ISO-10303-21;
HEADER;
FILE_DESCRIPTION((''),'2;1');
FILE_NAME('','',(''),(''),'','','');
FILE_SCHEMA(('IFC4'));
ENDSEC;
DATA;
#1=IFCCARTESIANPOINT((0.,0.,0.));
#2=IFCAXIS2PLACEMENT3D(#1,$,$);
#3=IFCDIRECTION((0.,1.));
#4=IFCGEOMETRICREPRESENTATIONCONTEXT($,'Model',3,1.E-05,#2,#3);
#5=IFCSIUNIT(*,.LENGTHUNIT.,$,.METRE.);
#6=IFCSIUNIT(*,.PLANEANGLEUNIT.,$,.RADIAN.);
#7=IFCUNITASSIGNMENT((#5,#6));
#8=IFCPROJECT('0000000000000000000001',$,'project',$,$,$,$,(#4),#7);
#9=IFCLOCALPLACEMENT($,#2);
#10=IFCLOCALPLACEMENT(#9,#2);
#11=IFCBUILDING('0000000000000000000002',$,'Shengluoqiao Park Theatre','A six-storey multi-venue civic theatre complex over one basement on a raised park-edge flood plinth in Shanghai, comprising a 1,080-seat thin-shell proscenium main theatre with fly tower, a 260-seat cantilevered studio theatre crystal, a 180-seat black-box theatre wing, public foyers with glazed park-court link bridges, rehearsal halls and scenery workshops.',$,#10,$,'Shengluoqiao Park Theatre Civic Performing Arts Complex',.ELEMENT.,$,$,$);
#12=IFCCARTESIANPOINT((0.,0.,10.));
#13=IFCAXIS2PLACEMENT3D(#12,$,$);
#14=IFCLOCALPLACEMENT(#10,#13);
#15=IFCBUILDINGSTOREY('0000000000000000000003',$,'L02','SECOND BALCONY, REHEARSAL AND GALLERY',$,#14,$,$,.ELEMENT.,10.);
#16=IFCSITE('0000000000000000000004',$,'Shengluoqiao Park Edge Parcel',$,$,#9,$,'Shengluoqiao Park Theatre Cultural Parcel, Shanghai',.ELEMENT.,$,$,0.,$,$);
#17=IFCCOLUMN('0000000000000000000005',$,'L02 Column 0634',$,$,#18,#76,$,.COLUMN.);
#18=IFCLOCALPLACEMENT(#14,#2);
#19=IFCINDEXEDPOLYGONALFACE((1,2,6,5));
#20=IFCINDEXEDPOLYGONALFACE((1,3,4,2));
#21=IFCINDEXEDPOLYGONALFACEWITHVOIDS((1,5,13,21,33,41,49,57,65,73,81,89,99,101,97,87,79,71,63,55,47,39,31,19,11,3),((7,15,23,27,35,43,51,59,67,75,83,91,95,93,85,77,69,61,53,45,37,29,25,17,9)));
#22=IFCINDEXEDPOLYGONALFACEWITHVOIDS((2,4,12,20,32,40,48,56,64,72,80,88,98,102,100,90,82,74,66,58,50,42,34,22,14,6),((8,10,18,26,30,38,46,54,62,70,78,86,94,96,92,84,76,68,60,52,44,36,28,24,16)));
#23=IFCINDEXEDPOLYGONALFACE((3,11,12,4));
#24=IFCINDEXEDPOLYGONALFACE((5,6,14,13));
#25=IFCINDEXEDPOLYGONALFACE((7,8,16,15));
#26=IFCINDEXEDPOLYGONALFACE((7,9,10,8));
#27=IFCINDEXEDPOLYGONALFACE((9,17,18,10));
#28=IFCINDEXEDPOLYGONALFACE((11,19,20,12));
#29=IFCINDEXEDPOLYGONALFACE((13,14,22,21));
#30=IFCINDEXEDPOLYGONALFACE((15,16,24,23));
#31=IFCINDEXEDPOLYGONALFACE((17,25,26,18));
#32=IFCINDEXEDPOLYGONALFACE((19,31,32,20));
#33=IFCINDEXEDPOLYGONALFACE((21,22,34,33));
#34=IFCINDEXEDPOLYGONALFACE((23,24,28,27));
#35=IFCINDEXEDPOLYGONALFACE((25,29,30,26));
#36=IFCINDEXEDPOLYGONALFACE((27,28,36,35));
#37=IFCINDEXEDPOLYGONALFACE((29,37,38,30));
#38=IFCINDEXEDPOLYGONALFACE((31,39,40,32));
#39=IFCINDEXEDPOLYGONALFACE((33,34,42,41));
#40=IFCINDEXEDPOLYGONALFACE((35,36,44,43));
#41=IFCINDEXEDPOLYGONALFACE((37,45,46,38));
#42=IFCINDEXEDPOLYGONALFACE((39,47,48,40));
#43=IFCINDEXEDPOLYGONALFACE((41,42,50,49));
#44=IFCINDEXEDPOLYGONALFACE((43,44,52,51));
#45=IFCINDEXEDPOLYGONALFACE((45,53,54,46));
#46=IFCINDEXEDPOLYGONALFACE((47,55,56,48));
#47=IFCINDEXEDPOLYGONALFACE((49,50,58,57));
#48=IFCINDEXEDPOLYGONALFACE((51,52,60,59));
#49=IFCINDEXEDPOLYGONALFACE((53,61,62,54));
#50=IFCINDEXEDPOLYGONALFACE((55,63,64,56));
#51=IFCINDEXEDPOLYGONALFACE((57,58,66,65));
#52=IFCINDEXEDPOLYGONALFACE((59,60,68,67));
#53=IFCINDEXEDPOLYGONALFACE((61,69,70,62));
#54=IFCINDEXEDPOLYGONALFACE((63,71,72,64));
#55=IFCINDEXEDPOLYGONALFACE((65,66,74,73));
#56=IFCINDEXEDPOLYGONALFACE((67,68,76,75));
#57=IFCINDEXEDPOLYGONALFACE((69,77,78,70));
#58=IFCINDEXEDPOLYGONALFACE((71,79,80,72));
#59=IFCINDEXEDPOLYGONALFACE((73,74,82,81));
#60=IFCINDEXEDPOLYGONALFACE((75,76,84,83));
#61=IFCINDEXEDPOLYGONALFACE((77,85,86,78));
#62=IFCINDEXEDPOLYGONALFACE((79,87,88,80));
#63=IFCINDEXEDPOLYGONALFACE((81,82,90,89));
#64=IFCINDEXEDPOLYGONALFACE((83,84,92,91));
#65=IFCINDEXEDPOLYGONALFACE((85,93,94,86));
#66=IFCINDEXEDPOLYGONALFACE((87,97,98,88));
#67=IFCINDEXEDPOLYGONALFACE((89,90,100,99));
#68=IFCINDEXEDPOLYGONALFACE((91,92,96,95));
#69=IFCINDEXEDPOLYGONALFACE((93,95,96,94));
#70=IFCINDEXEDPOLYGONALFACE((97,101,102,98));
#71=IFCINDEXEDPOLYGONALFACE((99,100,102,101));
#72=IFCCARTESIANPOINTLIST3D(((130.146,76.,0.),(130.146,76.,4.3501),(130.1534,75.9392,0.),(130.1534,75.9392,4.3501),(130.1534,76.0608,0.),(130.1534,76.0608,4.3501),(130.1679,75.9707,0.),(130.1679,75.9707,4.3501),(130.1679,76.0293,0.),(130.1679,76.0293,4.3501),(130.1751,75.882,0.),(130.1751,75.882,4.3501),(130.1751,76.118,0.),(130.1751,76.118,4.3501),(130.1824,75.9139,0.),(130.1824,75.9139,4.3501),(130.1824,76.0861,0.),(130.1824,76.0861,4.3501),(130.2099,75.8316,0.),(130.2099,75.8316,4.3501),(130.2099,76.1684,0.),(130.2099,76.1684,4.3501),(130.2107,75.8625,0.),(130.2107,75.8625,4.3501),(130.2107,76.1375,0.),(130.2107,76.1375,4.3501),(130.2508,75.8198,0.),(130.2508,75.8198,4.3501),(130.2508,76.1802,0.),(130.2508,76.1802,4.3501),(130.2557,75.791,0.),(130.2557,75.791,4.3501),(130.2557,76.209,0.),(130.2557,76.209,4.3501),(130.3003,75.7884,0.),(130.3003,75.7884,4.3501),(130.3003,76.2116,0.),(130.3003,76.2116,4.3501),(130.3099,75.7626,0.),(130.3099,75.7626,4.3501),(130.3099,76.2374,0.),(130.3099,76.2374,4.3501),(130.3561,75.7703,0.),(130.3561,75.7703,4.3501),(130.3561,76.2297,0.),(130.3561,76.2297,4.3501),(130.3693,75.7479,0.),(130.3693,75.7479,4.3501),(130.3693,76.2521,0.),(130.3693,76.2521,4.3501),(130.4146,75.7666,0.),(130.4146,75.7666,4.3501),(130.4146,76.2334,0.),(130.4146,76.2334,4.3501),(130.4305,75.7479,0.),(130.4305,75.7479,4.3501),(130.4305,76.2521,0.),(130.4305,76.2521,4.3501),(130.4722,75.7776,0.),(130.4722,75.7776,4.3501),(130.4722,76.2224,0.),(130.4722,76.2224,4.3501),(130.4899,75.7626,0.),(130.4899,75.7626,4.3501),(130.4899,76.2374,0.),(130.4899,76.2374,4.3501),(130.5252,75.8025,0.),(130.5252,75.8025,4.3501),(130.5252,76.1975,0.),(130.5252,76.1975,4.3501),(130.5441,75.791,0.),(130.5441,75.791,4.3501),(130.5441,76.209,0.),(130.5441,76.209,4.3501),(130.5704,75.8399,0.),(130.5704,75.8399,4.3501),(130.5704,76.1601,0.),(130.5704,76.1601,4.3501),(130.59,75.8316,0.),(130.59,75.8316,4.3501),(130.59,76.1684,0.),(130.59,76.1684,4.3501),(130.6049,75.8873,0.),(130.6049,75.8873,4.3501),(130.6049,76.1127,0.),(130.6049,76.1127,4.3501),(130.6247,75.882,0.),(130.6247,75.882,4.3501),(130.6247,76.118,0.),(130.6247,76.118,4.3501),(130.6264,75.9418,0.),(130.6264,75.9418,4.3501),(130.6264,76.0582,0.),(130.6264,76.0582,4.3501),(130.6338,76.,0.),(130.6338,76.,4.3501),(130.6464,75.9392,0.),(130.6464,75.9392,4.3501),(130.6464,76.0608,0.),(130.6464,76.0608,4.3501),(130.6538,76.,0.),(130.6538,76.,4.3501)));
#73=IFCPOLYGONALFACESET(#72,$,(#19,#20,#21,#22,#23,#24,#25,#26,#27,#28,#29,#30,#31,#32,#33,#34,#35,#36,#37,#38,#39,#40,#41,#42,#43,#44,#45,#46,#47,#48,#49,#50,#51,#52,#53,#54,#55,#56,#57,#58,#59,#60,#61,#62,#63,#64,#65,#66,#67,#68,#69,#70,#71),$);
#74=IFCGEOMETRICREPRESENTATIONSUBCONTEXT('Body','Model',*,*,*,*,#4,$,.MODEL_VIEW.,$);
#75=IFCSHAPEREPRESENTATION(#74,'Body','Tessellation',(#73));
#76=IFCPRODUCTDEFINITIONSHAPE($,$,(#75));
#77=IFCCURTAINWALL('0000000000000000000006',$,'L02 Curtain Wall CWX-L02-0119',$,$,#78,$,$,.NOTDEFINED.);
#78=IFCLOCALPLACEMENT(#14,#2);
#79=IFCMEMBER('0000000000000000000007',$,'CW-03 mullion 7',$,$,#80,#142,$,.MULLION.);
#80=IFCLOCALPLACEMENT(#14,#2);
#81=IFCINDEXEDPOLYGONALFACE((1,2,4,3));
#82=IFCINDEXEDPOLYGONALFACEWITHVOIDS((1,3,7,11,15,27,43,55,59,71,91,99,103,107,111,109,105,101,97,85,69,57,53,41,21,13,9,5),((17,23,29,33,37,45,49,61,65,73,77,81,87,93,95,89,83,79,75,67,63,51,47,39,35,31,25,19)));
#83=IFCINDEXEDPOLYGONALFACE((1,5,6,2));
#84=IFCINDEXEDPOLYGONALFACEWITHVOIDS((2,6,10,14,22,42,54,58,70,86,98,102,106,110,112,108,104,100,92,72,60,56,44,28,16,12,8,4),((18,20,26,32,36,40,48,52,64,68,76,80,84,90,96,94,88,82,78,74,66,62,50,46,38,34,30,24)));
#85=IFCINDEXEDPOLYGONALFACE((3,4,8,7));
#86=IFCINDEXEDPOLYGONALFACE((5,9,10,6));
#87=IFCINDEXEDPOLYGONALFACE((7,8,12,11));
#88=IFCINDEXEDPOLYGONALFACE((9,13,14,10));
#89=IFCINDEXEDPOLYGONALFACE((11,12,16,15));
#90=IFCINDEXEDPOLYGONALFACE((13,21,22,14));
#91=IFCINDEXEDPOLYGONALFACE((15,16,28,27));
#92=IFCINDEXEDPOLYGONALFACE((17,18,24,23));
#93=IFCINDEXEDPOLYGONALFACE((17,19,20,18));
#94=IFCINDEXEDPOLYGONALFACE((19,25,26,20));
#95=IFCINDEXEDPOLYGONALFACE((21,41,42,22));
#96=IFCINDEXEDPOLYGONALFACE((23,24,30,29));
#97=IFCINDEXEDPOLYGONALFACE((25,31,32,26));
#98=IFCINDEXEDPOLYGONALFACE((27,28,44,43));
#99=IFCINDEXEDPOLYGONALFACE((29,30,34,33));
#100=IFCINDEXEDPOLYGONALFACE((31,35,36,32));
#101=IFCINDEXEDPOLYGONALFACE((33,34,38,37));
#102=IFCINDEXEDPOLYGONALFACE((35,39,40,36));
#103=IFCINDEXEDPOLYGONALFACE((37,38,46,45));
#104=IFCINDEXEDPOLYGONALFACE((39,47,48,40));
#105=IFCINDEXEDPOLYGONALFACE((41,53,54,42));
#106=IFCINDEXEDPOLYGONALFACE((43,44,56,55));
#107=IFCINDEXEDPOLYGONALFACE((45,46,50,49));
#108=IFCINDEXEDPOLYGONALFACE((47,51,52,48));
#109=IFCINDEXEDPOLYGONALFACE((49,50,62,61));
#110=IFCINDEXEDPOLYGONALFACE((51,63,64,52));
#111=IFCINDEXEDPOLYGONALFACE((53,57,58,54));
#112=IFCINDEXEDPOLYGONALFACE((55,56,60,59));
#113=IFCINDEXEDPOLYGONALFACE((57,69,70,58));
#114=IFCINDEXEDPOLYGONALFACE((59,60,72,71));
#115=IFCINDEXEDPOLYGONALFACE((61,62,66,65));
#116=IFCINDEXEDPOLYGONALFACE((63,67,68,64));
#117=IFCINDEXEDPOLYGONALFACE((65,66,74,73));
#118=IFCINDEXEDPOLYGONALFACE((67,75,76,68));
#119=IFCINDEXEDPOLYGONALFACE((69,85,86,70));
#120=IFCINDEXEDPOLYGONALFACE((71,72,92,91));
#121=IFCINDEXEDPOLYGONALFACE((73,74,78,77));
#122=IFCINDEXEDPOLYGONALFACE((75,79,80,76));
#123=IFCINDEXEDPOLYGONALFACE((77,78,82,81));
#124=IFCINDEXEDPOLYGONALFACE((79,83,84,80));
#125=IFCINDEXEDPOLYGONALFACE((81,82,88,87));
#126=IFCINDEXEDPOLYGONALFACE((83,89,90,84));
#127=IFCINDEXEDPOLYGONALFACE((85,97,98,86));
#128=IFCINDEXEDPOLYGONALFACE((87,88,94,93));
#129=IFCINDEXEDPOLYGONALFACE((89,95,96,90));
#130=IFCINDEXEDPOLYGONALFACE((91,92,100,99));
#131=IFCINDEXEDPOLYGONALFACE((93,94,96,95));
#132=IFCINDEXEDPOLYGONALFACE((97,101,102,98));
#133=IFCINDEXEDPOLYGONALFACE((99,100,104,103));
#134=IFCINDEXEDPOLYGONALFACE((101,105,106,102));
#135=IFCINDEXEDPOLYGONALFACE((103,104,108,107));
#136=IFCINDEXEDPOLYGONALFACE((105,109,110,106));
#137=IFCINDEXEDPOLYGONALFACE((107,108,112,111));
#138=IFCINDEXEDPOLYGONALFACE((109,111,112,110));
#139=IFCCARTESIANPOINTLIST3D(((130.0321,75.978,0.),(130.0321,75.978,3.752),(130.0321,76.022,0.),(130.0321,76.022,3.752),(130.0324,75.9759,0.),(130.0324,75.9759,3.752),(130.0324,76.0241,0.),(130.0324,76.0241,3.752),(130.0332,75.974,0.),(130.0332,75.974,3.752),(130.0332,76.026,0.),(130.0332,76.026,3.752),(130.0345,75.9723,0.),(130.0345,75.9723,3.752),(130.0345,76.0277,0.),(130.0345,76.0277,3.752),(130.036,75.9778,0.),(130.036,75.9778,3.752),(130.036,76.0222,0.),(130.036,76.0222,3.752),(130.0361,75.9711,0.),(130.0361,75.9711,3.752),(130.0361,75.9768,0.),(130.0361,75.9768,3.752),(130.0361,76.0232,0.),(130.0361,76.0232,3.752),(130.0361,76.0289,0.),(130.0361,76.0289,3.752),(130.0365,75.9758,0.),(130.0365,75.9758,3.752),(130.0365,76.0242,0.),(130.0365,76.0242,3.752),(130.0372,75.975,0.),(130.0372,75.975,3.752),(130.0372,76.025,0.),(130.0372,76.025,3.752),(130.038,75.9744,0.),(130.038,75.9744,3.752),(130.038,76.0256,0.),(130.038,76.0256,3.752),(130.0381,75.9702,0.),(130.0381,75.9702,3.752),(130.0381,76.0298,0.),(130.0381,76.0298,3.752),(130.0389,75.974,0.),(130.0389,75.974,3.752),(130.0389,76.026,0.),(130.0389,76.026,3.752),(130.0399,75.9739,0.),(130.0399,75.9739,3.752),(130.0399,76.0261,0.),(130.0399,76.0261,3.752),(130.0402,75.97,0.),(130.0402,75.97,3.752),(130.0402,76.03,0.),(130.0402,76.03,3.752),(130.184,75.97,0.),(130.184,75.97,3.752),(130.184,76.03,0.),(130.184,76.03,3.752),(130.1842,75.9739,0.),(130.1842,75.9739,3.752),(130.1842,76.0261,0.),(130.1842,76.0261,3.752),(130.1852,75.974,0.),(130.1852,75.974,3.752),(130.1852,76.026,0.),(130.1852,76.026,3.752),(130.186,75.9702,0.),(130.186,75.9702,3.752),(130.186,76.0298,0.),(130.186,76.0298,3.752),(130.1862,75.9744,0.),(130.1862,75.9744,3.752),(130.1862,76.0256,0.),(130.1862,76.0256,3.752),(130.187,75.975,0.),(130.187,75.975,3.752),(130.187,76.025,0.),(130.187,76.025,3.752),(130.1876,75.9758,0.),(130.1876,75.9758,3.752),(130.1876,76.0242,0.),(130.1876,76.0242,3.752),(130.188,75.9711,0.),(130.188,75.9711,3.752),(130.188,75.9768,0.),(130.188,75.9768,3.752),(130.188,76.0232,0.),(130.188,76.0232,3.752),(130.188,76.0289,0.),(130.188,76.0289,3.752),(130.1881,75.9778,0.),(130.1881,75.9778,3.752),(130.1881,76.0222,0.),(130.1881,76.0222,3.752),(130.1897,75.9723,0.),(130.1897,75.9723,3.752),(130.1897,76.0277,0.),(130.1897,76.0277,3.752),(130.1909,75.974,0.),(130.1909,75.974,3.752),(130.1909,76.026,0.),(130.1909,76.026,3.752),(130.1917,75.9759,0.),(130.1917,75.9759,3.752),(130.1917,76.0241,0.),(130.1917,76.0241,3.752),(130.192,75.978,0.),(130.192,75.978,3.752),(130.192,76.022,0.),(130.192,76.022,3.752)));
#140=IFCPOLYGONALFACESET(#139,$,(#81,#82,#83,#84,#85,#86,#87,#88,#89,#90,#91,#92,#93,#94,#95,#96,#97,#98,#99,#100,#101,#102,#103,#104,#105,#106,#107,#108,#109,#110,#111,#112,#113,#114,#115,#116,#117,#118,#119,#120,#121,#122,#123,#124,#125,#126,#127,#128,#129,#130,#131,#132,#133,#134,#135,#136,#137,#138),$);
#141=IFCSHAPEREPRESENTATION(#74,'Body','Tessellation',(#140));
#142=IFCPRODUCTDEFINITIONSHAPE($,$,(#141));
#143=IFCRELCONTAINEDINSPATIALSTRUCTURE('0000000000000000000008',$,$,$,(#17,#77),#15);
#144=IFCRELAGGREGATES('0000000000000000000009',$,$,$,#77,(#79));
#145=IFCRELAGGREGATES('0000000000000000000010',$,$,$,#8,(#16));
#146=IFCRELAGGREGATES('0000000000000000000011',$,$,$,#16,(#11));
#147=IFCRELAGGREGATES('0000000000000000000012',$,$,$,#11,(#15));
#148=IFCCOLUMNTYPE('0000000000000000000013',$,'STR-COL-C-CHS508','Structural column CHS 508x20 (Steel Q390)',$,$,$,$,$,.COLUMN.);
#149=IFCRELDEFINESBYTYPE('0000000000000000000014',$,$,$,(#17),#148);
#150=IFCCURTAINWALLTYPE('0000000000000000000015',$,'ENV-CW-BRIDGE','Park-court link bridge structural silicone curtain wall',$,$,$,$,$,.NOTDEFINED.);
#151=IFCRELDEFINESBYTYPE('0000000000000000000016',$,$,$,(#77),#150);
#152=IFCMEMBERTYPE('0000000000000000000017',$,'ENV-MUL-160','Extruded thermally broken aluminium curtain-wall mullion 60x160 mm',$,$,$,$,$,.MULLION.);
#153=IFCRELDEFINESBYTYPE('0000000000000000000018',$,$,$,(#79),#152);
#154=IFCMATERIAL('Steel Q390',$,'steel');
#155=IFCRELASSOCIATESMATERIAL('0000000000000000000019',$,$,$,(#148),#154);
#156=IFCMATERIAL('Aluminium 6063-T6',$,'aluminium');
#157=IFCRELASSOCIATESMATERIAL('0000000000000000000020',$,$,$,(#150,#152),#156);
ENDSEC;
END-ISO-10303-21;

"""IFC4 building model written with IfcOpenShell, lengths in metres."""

from ifc_helpers import new_model, si_unit, direction, frame, origin, origin_2d, place, context, subcontext, project, spatial, hollow_rectangle, hollow_circle, extrude, material, material_profile, profile_set, type_object, element, aggregate, save


model = new_model("IFC4")

# Units and contexts
model_context = context("Model", 3, precision=1e-05, world=origin(), true_north=direction((0.0, 1.0)))
body_context = subcontext(model_context, "Body", "Model", "MODEL_VIEW")
ifc_project = project(units=[si_unit("LENGTHUNIT", "METRE"), si_unit("PLANEANGLEUNIT", "RADIAN")], contexts=[model_context])

# Site, building, storey
site_placement = place(None, origin())
site = spatial("IfcSite", under=ifc_project, at=site_placement, Name="Shengluoqiao Park Edge Parcel", LongName="Shengluoqiao Park Theatre Cultural Parcel, Shanghai", CompositionType="ELEMENT", RefElevation=0.0)
building_placement = place(site_placement, origin())
building = spatial("IfcBuilding", under=site, at=building_placement, Name="Shengluoqiao Park Theatre", Description="A six-storey multi-venue civic theatre complex over one basement on a raised park-edge flood plinth in Shanghai, comprising a 1,080-seat thin-shell proscenium main theatre with fly tower, a 260-seat cantilevered studio theatre crystal, a 180-seat black-box theatre wing, public foyers with glazed park-court link bridges, rehearsal halls and scenery workshops.", LongName="Shengluoqiao Park Theatre Civic Performing Arts Complex", CompositionType="ELEMENT")
storey_placement = place(building_placement, frame((0.0, 0.0, 10.0)))
storey = spatial("IfcBuildingStorey", under=building, at=storey_placement, Name="L02", Description="SECOND BALCONY, REHEARSAL AND GALLERY", CompositionType="ELEMENT", Elevation=10.0)

# Column
ifc_material_1 = material(Name="Steel Q390", Category="steel")
ifc_material_profile_1 = material_profile(ifc_material_1, hollow_circle(Radius=0.2539, WallThickness=0.02, at=origin_2d()), Name="CHS 508x20")
ifc_profile_set_1 = profile_set([ifc_material_profile_1], Name="Steel Q390")
column_type = type_object("IfcColumnType", Name="STR-COL-C-CHS508", Description="Structural column CHS 508x20 (Steel Q390)", PredefinedType="COLUMN", material=ifc_profile_set_1)
column_placement = place(storey_placement, frame((130.3999, 76.0, 0.0), z_axis=(0.0, 0.0, 1.0), x_axis=(1.0, 0.0, 0.0)))
element("IfcColumn", 1, at=column_placement, inside=storey, type_object=column_type, Name="L02 Column 0634", PredefinedType="COLUMN", context=body_context, shape_type="SweptSolid", body=[
    extrude(hollow_circle(Radius=0.2539, WallThickness=0.02, at=origin_2d()), origin(), (0.0, 0.0, 1.0), 4.3501),
])

# Curtain wall, member
ifc_material_2 = material(Name="Aluminium 6063-T6", Category="aluminium")
curtain_wall_type = type_object("IfcCurtainWallType", Name="ENV-CW-BRIDGE", Description="Park-court link bridge structural silicone curtain wall", PredefinedType="NOTDEFINED", material=ifc_material_2)
curtain_wall_1_placement = place(storey_placement, origin())
curtain_wall_1 = element("IfcCurtainWall", 2, at=curtain_wall_1_placement, inside=storey, type_object=curtain_wall_type, Name="L02 Curtain Wall CWX-L02-0119", PredefinedType="NOTDEFINED")
ifc_material_profile_2 = material_profile(ifc_material_2, hollow_rectangle(XDim=0.0601, YDim=0.1599, WallThickness=0.0039, InnerFilletRadius=0.0039, OuterFilletRadius=0.0081, at=origin_2d()), Name="ALU MULLION 160x60x4")
ifc_profile_set_2 = profile_set([ifc_material_profile_2], Name="Aluminium 6063-T6")
member_type_1 = type_object("IfcMemberType", Name="ENV-MUL-160", Description="Extruded thermally broken aluminium curtain-wall mullion 60x160 mm", PredefinedType="MULLION", material=ifc_profile_set_2)
member_1_placement = place(storey_placement, frame((130.1121, 76.0, 0.0), z_axis=(0.0, 0.0, 1.0), x_axis=(0.0, 1.0, 0.0)))
member_1 = element("IfcMember", 3, at=member_1_placement, type_object=member_type_1, Name="CW-03 mullion 7", PredefinedType="MULLION", context=body_context, shape_type="SweptSolid", body=[
    extrude(hollow_rectangle(XDim=0.0601, YDim=0.1599, WallThickness=0.0039, InnerFilletRadius=0.0039, OuterFilletRadius=0.0081, at=origin_2d()), origin(), (0.0, 0.0, 1.0), 3.752),
])
aggregate(curtain_wall_1, [member_1])

save(model, "model.ifc")
